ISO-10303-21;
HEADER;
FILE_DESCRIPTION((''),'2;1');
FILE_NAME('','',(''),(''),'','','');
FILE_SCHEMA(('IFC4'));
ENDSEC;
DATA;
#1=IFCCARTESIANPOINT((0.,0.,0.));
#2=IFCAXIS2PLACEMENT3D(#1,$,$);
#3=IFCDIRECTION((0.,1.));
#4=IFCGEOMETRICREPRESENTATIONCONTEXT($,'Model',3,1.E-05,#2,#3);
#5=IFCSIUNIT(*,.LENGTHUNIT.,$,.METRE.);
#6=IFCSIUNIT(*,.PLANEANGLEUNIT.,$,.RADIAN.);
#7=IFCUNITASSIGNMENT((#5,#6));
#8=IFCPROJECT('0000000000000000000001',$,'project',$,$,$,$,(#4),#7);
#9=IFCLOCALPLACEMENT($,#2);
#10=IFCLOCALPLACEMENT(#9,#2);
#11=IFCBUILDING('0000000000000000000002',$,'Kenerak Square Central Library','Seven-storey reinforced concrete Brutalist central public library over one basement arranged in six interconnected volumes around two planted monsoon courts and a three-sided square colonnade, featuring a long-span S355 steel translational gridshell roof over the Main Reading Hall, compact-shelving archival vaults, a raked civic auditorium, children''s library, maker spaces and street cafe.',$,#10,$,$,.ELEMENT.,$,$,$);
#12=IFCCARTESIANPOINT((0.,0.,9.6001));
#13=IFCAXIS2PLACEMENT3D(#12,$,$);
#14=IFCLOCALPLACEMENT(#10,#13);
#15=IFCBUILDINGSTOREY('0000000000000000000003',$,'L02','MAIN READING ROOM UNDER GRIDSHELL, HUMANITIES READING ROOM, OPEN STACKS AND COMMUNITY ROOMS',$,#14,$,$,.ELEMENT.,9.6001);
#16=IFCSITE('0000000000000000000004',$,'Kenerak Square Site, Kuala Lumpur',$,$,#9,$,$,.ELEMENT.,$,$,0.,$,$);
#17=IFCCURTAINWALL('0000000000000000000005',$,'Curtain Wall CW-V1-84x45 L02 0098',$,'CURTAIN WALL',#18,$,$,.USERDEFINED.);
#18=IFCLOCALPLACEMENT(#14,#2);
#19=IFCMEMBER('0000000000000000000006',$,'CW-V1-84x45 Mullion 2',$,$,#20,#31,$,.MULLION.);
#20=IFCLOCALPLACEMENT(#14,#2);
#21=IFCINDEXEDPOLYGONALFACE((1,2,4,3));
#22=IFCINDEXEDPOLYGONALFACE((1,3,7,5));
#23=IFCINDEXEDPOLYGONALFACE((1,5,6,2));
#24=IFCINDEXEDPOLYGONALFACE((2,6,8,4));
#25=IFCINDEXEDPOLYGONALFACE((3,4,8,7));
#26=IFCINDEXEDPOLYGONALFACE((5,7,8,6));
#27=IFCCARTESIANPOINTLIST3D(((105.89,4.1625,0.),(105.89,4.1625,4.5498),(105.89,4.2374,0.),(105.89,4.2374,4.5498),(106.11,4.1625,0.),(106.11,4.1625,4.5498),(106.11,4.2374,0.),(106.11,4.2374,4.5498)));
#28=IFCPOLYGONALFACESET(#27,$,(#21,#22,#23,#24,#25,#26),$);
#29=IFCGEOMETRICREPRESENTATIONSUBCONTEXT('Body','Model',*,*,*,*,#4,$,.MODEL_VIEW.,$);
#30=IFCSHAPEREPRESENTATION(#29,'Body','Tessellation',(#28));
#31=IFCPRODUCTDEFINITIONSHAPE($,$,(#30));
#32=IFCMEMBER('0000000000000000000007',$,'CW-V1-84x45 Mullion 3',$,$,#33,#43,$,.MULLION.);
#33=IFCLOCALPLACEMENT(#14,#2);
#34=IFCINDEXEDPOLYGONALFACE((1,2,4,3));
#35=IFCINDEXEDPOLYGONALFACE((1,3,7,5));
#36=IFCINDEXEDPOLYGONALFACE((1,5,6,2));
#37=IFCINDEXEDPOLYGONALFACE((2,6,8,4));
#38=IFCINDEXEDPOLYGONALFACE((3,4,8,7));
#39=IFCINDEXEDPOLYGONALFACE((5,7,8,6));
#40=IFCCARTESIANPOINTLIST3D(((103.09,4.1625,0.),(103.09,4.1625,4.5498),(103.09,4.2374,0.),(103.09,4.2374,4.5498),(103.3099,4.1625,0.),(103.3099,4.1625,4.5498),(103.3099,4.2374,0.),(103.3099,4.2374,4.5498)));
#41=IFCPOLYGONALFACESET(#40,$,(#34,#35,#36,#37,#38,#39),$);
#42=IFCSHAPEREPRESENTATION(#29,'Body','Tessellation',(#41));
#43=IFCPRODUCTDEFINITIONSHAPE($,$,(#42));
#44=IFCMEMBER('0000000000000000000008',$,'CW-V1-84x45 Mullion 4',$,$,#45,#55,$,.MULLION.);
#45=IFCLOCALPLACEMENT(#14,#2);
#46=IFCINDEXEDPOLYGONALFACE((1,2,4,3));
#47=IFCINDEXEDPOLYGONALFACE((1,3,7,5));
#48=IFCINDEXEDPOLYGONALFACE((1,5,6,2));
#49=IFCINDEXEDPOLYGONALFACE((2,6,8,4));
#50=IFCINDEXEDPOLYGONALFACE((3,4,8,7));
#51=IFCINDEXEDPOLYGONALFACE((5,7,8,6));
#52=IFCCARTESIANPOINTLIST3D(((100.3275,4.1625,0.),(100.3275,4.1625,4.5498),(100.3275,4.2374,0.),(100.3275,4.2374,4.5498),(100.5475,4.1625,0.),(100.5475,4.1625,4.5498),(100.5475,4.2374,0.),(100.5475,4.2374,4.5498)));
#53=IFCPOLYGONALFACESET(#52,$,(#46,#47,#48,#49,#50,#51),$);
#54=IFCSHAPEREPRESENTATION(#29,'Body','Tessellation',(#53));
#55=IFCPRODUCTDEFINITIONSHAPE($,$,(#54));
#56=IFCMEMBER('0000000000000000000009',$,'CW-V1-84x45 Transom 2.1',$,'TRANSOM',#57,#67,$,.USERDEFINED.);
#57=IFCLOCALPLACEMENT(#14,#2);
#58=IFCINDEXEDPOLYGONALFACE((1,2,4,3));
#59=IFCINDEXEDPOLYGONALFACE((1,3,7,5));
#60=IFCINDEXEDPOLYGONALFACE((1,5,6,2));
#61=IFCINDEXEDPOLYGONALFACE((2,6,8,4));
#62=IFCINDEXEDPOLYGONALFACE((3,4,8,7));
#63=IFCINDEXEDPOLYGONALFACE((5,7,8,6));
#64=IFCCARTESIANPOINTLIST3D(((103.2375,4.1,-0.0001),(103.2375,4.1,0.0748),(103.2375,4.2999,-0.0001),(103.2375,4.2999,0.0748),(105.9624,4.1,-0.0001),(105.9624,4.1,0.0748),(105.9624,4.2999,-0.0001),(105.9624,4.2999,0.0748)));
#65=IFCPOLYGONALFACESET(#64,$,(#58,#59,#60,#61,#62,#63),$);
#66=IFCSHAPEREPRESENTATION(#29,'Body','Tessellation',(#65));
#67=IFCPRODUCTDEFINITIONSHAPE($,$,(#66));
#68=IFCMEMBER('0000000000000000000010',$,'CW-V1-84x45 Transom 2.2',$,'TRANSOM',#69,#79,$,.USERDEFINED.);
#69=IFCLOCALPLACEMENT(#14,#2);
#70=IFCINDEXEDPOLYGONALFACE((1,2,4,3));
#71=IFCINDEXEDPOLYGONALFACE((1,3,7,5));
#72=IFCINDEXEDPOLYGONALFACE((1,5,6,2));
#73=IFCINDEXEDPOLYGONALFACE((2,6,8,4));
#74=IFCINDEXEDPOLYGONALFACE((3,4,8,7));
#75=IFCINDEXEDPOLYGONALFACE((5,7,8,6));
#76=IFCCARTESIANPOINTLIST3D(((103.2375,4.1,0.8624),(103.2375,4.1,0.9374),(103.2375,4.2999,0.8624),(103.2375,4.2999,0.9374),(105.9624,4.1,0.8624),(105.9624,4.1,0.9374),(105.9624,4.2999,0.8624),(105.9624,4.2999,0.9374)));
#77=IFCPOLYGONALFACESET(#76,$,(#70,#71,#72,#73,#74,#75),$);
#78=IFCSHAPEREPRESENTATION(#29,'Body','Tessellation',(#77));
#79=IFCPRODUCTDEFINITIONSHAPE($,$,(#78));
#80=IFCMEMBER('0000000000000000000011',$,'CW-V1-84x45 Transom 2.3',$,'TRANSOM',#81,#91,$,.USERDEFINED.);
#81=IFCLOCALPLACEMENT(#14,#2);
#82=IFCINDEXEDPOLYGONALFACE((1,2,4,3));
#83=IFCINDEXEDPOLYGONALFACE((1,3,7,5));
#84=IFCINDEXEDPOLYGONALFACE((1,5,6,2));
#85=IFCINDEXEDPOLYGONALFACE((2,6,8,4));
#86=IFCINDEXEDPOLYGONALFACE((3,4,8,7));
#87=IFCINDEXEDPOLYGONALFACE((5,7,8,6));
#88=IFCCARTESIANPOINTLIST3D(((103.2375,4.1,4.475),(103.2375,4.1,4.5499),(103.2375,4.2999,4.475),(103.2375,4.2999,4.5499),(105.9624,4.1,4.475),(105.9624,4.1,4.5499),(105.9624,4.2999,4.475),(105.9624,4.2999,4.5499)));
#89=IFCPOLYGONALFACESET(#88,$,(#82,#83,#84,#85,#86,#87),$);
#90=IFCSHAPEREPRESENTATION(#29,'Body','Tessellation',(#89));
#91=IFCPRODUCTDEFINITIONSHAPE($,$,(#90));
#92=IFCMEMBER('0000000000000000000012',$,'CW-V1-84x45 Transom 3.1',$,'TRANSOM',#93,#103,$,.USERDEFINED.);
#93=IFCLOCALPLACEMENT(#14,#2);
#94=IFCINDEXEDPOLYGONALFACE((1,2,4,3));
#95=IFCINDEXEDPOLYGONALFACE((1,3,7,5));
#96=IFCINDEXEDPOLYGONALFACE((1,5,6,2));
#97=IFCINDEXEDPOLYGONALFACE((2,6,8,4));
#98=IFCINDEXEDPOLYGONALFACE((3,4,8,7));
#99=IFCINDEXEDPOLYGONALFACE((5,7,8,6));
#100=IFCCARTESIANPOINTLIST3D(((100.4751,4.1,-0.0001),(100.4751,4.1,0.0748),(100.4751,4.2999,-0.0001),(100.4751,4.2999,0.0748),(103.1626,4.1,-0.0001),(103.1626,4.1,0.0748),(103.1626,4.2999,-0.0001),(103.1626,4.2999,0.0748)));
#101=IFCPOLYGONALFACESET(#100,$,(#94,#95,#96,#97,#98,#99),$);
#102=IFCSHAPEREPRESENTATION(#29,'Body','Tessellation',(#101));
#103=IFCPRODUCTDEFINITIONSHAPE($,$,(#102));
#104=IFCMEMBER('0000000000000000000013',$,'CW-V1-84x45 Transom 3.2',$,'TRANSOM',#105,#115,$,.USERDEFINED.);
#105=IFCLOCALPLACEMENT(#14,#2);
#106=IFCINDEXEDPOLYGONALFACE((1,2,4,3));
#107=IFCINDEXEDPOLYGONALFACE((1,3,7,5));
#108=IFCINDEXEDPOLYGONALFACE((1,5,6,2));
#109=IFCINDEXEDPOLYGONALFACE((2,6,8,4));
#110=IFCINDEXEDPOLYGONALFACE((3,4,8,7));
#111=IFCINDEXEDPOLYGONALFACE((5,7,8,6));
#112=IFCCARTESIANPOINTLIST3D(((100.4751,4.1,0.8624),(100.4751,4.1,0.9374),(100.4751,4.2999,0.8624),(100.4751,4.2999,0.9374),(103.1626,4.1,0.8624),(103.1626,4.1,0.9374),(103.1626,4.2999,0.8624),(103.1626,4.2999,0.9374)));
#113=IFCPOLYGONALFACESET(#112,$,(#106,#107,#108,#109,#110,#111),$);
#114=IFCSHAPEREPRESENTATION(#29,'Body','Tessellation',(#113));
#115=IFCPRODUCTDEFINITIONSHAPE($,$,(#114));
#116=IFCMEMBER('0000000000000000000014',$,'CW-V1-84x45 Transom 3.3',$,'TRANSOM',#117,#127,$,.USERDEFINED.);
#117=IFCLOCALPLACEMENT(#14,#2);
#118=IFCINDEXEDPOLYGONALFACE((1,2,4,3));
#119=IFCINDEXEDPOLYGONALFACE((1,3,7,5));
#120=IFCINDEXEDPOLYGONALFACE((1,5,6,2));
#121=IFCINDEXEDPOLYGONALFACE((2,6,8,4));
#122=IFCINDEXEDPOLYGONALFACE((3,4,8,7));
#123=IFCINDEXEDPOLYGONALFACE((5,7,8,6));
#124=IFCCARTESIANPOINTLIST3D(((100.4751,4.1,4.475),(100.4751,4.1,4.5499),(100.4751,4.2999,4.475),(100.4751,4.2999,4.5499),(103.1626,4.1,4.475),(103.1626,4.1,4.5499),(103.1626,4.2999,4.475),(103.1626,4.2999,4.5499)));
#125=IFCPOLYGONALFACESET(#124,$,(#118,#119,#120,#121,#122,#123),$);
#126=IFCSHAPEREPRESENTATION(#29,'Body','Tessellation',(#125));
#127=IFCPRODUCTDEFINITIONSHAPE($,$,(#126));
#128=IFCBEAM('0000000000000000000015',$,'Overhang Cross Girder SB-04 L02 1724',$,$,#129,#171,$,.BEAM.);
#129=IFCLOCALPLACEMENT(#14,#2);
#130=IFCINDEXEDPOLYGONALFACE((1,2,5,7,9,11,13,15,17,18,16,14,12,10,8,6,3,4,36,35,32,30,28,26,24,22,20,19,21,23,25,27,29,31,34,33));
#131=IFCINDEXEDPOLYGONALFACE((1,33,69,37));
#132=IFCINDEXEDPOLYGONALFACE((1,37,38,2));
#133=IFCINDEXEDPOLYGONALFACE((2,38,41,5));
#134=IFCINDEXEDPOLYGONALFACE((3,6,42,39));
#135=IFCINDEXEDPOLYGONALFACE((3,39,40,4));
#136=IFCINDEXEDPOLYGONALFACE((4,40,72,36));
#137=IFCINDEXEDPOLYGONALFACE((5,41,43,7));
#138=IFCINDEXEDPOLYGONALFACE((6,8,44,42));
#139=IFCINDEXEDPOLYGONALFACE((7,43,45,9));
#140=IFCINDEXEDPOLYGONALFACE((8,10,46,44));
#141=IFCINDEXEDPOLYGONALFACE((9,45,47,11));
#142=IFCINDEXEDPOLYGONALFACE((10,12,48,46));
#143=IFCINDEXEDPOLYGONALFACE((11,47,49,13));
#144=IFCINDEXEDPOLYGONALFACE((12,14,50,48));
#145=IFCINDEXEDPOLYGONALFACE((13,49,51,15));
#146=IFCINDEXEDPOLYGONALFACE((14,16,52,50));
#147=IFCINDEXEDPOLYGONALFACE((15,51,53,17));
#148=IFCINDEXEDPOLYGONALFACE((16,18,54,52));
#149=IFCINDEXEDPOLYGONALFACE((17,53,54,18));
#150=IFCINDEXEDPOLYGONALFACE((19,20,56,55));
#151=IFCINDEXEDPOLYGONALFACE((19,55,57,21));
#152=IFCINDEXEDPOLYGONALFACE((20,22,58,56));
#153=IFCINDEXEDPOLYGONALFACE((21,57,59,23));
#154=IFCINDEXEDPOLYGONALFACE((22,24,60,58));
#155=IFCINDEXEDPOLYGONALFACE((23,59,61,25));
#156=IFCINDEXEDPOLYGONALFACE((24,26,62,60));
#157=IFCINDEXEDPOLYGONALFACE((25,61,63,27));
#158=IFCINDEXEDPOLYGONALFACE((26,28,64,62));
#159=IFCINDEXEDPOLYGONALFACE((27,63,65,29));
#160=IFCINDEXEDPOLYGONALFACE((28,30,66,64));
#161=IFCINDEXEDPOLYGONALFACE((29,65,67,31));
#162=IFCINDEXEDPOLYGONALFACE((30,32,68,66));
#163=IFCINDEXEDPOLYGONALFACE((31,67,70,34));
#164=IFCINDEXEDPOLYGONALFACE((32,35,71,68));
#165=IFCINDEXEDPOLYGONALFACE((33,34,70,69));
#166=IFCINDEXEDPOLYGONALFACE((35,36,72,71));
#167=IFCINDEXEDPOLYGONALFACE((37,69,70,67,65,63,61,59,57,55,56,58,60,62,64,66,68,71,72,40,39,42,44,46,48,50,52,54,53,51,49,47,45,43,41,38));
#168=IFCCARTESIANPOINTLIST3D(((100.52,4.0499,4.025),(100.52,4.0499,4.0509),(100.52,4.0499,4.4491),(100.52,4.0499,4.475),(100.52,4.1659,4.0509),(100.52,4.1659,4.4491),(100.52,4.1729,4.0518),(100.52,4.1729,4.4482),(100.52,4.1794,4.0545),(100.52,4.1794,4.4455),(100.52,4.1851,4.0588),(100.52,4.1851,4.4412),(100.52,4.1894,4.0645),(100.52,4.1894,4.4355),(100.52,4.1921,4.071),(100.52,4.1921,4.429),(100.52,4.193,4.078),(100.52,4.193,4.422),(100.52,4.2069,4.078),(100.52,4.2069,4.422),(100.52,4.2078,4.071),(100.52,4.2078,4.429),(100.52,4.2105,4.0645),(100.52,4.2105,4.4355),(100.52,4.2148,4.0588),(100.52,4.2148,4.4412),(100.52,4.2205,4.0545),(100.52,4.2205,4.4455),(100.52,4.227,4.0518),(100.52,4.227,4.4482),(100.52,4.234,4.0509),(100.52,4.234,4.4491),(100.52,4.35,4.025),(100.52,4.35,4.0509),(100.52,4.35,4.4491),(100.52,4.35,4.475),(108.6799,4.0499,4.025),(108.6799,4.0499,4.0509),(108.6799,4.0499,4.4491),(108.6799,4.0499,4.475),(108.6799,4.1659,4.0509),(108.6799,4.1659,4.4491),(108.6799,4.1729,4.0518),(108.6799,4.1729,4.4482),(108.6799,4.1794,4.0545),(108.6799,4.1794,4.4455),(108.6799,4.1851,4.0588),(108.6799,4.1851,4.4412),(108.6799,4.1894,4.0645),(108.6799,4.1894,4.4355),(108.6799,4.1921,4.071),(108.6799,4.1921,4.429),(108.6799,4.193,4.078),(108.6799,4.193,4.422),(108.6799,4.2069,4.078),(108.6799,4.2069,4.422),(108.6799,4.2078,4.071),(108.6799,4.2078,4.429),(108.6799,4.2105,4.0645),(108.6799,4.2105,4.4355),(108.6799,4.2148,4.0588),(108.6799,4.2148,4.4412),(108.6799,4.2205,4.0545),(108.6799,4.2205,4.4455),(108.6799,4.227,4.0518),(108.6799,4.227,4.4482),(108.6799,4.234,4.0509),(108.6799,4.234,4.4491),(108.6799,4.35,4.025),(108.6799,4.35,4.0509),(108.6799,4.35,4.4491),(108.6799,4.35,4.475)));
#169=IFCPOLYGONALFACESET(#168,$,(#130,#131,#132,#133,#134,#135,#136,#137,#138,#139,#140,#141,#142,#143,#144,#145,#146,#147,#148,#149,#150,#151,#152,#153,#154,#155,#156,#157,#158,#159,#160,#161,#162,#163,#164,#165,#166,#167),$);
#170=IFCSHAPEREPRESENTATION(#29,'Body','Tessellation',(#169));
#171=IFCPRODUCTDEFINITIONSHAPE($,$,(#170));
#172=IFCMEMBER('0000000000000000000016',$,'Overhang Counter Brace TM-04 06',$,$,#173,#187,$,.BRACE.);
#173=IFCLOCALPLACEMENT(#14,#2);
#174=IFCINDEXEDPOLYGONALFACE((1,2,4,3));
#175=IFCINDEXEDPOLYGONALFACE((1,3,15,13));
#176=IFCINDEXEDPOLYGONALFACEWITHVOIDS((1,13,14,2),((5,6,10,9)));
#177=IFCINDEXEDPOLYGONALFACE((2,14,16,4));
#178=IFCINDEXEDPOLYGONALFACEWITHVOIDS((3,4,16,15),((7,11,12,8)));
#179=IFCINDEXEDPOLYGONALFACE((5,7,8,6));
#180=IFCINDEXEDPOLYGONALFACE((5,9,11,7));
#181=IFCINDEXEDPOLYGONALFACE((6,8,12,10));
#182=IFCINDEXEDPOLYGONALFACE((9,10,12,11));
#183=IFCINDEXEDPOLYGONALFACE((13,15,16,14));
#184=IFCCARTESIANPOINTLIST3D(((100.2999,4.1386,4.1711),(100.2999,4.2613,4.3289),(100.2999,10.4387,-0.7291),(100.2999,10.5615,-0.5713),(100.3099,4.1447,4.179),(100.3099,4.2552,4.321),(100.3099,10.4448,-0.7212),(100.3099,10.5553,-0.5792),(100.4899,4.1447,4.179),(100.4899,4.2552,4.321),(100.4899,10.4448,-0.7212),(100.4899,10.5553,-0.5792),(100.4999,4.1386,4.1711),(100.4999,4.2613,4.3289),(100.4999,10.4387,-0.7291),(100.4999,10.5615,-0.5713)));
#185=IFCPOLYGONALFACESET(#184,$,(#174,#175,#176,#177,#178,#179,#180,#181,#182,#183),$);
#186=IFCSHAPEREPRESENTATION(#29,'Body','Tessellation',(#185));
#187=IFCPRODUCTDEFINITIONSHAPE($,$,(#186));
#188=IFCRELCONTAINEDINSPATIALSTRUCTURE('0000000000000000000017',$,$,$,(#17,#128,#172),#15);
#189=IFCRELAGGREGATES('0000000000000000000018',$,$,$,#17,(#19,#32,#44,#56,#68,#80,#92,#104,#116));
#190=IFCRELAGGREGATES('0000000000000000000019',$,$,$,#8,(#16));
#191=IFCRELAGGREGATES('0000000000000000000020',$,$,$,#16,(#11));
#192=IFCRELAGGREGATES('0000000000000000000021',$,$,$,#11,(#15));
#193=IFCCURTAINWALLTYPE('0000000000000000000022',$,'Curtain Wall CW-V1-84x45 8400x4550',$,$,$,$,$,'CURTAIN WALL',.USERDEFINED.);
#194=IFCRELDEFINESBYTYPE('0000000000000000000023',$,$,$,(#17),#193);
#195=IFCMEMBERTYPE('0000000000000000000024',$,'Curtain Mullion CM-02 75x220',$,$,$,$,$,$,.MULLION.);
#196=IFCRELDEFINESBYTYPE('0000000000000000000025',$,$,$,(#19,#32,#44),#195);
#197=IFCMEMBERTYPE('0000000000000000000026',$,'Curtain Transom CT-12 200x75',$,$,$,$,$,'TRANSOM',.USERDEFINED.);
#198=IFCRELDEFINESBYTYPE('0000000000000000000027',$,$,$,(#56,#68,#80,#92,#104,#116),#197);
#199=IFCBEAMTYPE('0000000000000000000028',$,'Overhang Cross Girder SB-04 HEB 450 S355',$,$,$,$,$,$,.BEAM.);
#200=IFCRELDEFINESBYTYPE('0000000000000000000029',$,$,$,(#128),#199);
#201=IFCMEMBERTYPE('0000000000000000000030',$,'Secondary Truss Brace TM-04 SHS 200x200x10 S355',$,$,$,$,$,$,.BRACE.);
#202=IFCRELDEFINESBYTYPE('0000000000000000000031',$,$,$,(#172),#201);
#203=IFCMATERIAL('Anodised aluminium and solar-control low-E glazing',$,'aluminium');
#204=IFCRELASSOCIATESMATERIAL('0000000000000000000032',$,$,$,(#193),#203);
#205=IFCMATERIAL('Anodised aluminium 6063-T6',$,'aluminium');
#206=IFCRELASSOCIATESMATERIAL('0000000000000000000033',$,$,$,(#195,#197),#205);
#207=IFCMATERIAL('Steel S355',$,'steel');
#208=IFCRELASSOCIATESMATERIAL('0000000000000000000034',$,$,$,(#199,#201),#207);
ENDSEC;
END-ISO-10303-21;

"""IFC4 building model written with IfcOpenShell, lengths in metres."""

from ifc_helpers import new_model, si_unit, direction, frame, origin, origin_2d, place, context, subcontext, project, spatial, rectangle, hollow_rectangle, i_section, extrude, material, material_profile, profile_set, type_object, element, aggregate, save


model = new_model("IFC4")

# Units and contexts
model_context = context("Model", 3, precision=1e-05, world=origin(), true_north=direction((0.0, 1.0)))
body_context = subcontext(model_context, "Body", "Model", "MODEL_VIEW")
ifc_project = project(units=[si_unit("LENGTHUNIT", "METRE"), si_unit("PLANEANGLEUNIT", "RADIAN")], contexts=[model_context])

# Site, building, storey
site_placement = place(None, origin())
site = spatial("IfcSite", under=ifc_project, at=site_placement, Name="Kenerak Square Site, Kuala Lumpur", CompositionType="ELEMENT", RefElevation=0.0)
building_placement = place(site_placement, origin())
building = spatial("IfcBuilding", under=site, at=building_placement, Name="Kenerak Square Central Library", Description="Seven-storey reinforced concrete Brutalist central public library over one basement arranged in six interconnected volumes around two planted monsoon courts and a three-sided square colonnade, featuring a long-span S355 steel translational gridshell roof over the Main Reading Hall, compact-shelving archival vaults, a raked civic auditorium, children's library, maker spaces and street cafe.", CompositionType="ELEMENT")
storey_placement = place(building_placement, frame((0.0, 0.0, 9.6001)))
storey = spatial("IfcBuildingStorey", under=building, at=storey_placement, Name="L02", Description="MAIN READING ROOM UNDER GRIDSHELL, HUMANITIES READING ROOM, OPEN STACKS AND COMMUNITY ROOMS", CompositionType="ELEMENT", Elevation=9.6001)

# Curtain wall, members
ifc_material_1 = material(Name="Anodised aluminium and solar-control low-E glazing", Category="aluminium")
curtain_wall_type = type_object("IfcCurtainWallType", Name="Curtain Wall CW-V1-84x45 8400x4550", ElementType="CURTAIN WALL", PredefinedType="USERDEFINED", material=ifc_material_1)
curtain_wall_placement = place(storey_placement, origin())
curtain_wall = element("IfcCurtainWall", 1, at=curtain_wall_placement, inside=storey, type_object=curtain_wall_type, Name="Curtain Wall CW-V1-84x45 L02 0098", ObjectType="CURTAIN WALL", PredefinedType="USERDEFINED")
ifc_material_2 = material(Name="Anodised aluminium 6063-T6", Category="aluminium")
ifc_material_profile_1 = material_profile(ifc_material_2, rectangle(XDim=0.075, YDim=0.22, at=origin_2d()), Name="AL MULLION 75x220")
ifc_profile_set_1 = profile_set([ifc_material_profile_1], Name="Anodised aluminium 6063-T6")
member_type_1 = type_object("IfcMemberType", Name="Curtain Mullion CM-02 75x220", PredefinedType="MULLION", material=ifc_profile_set_1)
member_1_placement = place(storey_placement, frame((106.0, 4.2, 0.0), z_axis=(0.0, 0.0, 1.0), x_axis=(0.0, -1.0, 0.0)))
member_1 = element("IfcMember", 2, at=member_1_placement, type_object=member_type_1, Name="CW-V1-84x45 Mullion 2", PredefinedType="MULLION", context=body_context, shape_type="SweptSolid", body=[
    extrude(rectangle(XDim=0.075, YDim=0.22, at=origin_2d()), origin(), (0.0, 0.0, 1.0), 4.5498),
])
member_2_placement = place(storey_placement, frame((103.2, 4.2, 0.0), z_axis=(0.0, 0.0, 1.0), x_axis=(0.0, -1.0, 0.0)))
member_2 = element("IfcMember", 3, at=member_2_placement, type_object=member_type_1, Name="CW-V1-84x45 Mullion 3", PredefinedType="MULLION", context=body_context, shape_type="SweptSolid", body=[
    extrude(rectangle(XDim=0.075, YDim=0.22, at=origin_2d()), origin(), (0.0, 0.0, 1.0), 4.5498),
])
member_3_placement = place(storey_placement, frame((100.4375, 4.2, 0.0), z_axis=(0.0, 0.0, 1.0), x_axis=(0.0, -1.0, 0.0)))
member_3 = element("IfcMember", 4, at=member_3_placement, type_object=member_type_1, Name="CW-V1-84x45 Mullion 4", PredefinedType="MULLION", context=body_context, shape_type="SweptSolid", body=[
    extrude(rectangle(XDim=0.075, YDim=0.22, at=origin_2d()), origin(), (0.0, 0.0, 1.0), 4.5498),
])
ifc_material_profile_2 = material_profile(ifc_material_2, rectangle(XDim=0.2, YDim=0.075, at=origin_2d()), Name="AL TRANSOM 200x75")
ifc_profile_set_2 = profile_set([ifc_material_profile_2], Name="Anodised aluminium 6063-T6")
member_type_2 = type_object("IfcMemberType", Name="Curtain Transom CT-12 200x75", ElementType="TRANSOM", PredefinedType="USERDEFINED", material=ifc_profile_set_2)
member_4_placement = place(storey_placement, frame((105.9624, 4.2, 0.0374), z_axis=(-1.0, 0.0, 0.0), x_axis=(0.0, -1.0, 0.0)))
member_4 = element("IfcMember", 5, at=member_4_placement, type_object=member_type_2, Name="CW-V1-84x45 Transom 2.1", ObjectType="TRANSOM", PredefinedType="USERDEFINED", context=body_context, shape_type="SweptSolid", body=[
    extrude(rectangle(XDim=0.2, YDim=0.075, at=origin_2d()), origin(), (0.0, 0.0, 1.0), 2.7249),
])
member_5_placement = place(storey_placement, frame((105.9624, 4.2, 0.8999), z_axis=(-1.0, 0.0, 0.0), x_axis=(0.0, -1.0, 0.0)))
member_5 = element("IfcMember", 6, at=member_5_placement, type_object=member_type_2, Name="CW-V1-84x45 Transom 2.2", ObjectType="TRANSOM", PredefinedType="USERDEFINED", context=body_context, shape_type="SweptSolid", body=[
    extrude(rectangle(XDim=0.2, YDim=0.075, at=origin_2d()), origin(), (0.0, 0.0, 1.0), 2.7249),
])
member_6_placement = place(storey_placement, frame((105.9624, 4.2, 4.5125), z_axis=(-1.0, 0.0, 0.0), x_axis=(0.0, -1.0, 0.0)))
member_6 = element("IfcMember", 7, at=member_6_placement, type_object=member_type_2, Name="CW-V1-84x45 Transom 2.3", ObjectType="TRANSOM", PredefinedType="USERDEFINED", context=body_context, shape_type="SweptSolid", body=[
    extrude(rectangle(XDim=0.2, YDim=0.075, at=origin_2d()), origin(), (0.0, 0.0, 1.0), 2.7249),
])
member_7_placement = place(storey_placement, frame((103.1626, 4.2, 0.0374), z_axis=(-1.0, 0.0, 0.0), x_axis=(0.0, -1.0, 0.0)))
member_7 = element("IfcMember", 8, at=member_7_placement, type_object=member_type_2, Name="CW-V1-84x45 Transom 3.1", ObjectType="TRANSOM", PredefinedType="USERDEFINED", context=body_context, shape_type="SweptSolid", body=[
    extrude(rectangle(XDim=0.2, YDim=0.075, at=origin_2d()), origin(), (0.0, 0.0, 1.0), 2.6875),
])
member_8_placement = place(storey_placement, frame((103.1626, 4.2, 0.8999), z_axis=(-1.0, 0.0, 0.0), x_axis=(0.0, -1.0, 0.0)))
member_8 = element("IfcMember", 9, at=member_8_placement, type_object=member_type_2, Name="CW-V1-84x45 Transom 3.2", ObjectType="TRANSOM", PredefinedType="USERDEFINED", context=body_context, shape_type="SweptSolid", body=[
    extrude(rectangle(XDim=0.2, YDim=0.075, at=origin_2d()), origin(), (0.0, 0.0, 1.0), 2.6875),
])
member_9_placement = place(storey_placement, frame((103.1626, 4.2, 4.5125), z_axis=(-1.0, 0.0, 0.0), x_axis=(0.0, -1.0, 0.0)))
member_9 = element("IfcMember", 10, at=member_9_placement, type_object=member_type_2, Name="CW-V1-84x45 Transom 3.3", ObjectType="TRANSOM", PredefinedType="USERDEFINED", context=body_context, shape_type="SweptSolid", body=[
    extrude(rectangle(XDim=0.2, YDim=0.075, at=origin_2d()), origin(), (0.0, 0.0, 1.0), 2.6875),
])

# Beam
ifc_material_3 = material(Name="Steel S355", Category="steel")
ifc_material_profile_3 = material_profile(ifc_material_3, i_section(OverallWidth=0.3, OverallDepth=0.45, WebThickness=0.0139, FlangeThickness=0.0259, FilletRadius=0.0271, at=origin_2d()), Name="HEB 450")
ifc_profile_set_3 = profile_set([ifc_material_profile_3], Name="Steel S355")
beam_type = type_object("IfcBeamType", Name="Overhang Cross Girder SB-04 HEB 450 S355", PredefinedType="BEAM", material=ifc_profile_set_3)
beam_placement = place(storey_placement, frame((100.52, 4.2, 4.25), z_axis=(1.0, 0.0, 0.0), x_axis=(0.0, 1.0, 0.0)))
element("IfcBeam", 11, at=beam_placement, inside=storey, type_object=beam_type, Name="Overhang Cross Girder SB-04 L02 1724", PredefinedType="BEAM", context=body_context, shape_type="SweptSolid", body=[
    extrude(i_section(OverallWidth=0.3, OverallDepth=0.45, WebThickness=0.0139, FlangeThickness=0.0259, FilletRadius=0.0271, at=origin_2d()), origin(), (0.0, 0.0, 1.0), 8.1599),
])

# Member
ifc_material_profile_4 = material_profile(ifc_material_3, hollow_rectangle(XDim=0.2, YDim=0.2, WallThickness=0.01, at=origin_2d()), Name="SHS 200x200x10.0")
ifc_profile_set_4 = profile_set([ifc_material_profile_4], Name="Steel S355")
member_type_3 = type_object("IfcMemberType", Name="Secondary Truss Brace TM-04 SHS 200x200x10 S355", PredefinedType="BRACE", material=ifc_profile_set_4)
member_10_placement = place(storey_placement, frame((100.3999, 4.2, 4.25), z_axis=(0.0, 0.789346, -0.613949), x_axis=(-1.0, 0.0, 0.0)))
element("IfcMember", 12, at=member_10_placement, inside=storey, type_object=member_type_3, Name="Overhang Counter Brace TM-04 06", PredefinedType="BRACE", context=body_context, shape_type="SweptSolid", body=[
    extrude(hollow_rectangle(XDim=0.2, YDim=0.2, WallThickness=0.01, at=origin_2d()), origin(), (0.0, 0.0, 1.0), 7.9814),
])

aggregate(curtain_wall, [member_1, member_2, member_3, member_4, member_5, member_6, member_7, member_8, member_9])

save(model, "model.ifc")
